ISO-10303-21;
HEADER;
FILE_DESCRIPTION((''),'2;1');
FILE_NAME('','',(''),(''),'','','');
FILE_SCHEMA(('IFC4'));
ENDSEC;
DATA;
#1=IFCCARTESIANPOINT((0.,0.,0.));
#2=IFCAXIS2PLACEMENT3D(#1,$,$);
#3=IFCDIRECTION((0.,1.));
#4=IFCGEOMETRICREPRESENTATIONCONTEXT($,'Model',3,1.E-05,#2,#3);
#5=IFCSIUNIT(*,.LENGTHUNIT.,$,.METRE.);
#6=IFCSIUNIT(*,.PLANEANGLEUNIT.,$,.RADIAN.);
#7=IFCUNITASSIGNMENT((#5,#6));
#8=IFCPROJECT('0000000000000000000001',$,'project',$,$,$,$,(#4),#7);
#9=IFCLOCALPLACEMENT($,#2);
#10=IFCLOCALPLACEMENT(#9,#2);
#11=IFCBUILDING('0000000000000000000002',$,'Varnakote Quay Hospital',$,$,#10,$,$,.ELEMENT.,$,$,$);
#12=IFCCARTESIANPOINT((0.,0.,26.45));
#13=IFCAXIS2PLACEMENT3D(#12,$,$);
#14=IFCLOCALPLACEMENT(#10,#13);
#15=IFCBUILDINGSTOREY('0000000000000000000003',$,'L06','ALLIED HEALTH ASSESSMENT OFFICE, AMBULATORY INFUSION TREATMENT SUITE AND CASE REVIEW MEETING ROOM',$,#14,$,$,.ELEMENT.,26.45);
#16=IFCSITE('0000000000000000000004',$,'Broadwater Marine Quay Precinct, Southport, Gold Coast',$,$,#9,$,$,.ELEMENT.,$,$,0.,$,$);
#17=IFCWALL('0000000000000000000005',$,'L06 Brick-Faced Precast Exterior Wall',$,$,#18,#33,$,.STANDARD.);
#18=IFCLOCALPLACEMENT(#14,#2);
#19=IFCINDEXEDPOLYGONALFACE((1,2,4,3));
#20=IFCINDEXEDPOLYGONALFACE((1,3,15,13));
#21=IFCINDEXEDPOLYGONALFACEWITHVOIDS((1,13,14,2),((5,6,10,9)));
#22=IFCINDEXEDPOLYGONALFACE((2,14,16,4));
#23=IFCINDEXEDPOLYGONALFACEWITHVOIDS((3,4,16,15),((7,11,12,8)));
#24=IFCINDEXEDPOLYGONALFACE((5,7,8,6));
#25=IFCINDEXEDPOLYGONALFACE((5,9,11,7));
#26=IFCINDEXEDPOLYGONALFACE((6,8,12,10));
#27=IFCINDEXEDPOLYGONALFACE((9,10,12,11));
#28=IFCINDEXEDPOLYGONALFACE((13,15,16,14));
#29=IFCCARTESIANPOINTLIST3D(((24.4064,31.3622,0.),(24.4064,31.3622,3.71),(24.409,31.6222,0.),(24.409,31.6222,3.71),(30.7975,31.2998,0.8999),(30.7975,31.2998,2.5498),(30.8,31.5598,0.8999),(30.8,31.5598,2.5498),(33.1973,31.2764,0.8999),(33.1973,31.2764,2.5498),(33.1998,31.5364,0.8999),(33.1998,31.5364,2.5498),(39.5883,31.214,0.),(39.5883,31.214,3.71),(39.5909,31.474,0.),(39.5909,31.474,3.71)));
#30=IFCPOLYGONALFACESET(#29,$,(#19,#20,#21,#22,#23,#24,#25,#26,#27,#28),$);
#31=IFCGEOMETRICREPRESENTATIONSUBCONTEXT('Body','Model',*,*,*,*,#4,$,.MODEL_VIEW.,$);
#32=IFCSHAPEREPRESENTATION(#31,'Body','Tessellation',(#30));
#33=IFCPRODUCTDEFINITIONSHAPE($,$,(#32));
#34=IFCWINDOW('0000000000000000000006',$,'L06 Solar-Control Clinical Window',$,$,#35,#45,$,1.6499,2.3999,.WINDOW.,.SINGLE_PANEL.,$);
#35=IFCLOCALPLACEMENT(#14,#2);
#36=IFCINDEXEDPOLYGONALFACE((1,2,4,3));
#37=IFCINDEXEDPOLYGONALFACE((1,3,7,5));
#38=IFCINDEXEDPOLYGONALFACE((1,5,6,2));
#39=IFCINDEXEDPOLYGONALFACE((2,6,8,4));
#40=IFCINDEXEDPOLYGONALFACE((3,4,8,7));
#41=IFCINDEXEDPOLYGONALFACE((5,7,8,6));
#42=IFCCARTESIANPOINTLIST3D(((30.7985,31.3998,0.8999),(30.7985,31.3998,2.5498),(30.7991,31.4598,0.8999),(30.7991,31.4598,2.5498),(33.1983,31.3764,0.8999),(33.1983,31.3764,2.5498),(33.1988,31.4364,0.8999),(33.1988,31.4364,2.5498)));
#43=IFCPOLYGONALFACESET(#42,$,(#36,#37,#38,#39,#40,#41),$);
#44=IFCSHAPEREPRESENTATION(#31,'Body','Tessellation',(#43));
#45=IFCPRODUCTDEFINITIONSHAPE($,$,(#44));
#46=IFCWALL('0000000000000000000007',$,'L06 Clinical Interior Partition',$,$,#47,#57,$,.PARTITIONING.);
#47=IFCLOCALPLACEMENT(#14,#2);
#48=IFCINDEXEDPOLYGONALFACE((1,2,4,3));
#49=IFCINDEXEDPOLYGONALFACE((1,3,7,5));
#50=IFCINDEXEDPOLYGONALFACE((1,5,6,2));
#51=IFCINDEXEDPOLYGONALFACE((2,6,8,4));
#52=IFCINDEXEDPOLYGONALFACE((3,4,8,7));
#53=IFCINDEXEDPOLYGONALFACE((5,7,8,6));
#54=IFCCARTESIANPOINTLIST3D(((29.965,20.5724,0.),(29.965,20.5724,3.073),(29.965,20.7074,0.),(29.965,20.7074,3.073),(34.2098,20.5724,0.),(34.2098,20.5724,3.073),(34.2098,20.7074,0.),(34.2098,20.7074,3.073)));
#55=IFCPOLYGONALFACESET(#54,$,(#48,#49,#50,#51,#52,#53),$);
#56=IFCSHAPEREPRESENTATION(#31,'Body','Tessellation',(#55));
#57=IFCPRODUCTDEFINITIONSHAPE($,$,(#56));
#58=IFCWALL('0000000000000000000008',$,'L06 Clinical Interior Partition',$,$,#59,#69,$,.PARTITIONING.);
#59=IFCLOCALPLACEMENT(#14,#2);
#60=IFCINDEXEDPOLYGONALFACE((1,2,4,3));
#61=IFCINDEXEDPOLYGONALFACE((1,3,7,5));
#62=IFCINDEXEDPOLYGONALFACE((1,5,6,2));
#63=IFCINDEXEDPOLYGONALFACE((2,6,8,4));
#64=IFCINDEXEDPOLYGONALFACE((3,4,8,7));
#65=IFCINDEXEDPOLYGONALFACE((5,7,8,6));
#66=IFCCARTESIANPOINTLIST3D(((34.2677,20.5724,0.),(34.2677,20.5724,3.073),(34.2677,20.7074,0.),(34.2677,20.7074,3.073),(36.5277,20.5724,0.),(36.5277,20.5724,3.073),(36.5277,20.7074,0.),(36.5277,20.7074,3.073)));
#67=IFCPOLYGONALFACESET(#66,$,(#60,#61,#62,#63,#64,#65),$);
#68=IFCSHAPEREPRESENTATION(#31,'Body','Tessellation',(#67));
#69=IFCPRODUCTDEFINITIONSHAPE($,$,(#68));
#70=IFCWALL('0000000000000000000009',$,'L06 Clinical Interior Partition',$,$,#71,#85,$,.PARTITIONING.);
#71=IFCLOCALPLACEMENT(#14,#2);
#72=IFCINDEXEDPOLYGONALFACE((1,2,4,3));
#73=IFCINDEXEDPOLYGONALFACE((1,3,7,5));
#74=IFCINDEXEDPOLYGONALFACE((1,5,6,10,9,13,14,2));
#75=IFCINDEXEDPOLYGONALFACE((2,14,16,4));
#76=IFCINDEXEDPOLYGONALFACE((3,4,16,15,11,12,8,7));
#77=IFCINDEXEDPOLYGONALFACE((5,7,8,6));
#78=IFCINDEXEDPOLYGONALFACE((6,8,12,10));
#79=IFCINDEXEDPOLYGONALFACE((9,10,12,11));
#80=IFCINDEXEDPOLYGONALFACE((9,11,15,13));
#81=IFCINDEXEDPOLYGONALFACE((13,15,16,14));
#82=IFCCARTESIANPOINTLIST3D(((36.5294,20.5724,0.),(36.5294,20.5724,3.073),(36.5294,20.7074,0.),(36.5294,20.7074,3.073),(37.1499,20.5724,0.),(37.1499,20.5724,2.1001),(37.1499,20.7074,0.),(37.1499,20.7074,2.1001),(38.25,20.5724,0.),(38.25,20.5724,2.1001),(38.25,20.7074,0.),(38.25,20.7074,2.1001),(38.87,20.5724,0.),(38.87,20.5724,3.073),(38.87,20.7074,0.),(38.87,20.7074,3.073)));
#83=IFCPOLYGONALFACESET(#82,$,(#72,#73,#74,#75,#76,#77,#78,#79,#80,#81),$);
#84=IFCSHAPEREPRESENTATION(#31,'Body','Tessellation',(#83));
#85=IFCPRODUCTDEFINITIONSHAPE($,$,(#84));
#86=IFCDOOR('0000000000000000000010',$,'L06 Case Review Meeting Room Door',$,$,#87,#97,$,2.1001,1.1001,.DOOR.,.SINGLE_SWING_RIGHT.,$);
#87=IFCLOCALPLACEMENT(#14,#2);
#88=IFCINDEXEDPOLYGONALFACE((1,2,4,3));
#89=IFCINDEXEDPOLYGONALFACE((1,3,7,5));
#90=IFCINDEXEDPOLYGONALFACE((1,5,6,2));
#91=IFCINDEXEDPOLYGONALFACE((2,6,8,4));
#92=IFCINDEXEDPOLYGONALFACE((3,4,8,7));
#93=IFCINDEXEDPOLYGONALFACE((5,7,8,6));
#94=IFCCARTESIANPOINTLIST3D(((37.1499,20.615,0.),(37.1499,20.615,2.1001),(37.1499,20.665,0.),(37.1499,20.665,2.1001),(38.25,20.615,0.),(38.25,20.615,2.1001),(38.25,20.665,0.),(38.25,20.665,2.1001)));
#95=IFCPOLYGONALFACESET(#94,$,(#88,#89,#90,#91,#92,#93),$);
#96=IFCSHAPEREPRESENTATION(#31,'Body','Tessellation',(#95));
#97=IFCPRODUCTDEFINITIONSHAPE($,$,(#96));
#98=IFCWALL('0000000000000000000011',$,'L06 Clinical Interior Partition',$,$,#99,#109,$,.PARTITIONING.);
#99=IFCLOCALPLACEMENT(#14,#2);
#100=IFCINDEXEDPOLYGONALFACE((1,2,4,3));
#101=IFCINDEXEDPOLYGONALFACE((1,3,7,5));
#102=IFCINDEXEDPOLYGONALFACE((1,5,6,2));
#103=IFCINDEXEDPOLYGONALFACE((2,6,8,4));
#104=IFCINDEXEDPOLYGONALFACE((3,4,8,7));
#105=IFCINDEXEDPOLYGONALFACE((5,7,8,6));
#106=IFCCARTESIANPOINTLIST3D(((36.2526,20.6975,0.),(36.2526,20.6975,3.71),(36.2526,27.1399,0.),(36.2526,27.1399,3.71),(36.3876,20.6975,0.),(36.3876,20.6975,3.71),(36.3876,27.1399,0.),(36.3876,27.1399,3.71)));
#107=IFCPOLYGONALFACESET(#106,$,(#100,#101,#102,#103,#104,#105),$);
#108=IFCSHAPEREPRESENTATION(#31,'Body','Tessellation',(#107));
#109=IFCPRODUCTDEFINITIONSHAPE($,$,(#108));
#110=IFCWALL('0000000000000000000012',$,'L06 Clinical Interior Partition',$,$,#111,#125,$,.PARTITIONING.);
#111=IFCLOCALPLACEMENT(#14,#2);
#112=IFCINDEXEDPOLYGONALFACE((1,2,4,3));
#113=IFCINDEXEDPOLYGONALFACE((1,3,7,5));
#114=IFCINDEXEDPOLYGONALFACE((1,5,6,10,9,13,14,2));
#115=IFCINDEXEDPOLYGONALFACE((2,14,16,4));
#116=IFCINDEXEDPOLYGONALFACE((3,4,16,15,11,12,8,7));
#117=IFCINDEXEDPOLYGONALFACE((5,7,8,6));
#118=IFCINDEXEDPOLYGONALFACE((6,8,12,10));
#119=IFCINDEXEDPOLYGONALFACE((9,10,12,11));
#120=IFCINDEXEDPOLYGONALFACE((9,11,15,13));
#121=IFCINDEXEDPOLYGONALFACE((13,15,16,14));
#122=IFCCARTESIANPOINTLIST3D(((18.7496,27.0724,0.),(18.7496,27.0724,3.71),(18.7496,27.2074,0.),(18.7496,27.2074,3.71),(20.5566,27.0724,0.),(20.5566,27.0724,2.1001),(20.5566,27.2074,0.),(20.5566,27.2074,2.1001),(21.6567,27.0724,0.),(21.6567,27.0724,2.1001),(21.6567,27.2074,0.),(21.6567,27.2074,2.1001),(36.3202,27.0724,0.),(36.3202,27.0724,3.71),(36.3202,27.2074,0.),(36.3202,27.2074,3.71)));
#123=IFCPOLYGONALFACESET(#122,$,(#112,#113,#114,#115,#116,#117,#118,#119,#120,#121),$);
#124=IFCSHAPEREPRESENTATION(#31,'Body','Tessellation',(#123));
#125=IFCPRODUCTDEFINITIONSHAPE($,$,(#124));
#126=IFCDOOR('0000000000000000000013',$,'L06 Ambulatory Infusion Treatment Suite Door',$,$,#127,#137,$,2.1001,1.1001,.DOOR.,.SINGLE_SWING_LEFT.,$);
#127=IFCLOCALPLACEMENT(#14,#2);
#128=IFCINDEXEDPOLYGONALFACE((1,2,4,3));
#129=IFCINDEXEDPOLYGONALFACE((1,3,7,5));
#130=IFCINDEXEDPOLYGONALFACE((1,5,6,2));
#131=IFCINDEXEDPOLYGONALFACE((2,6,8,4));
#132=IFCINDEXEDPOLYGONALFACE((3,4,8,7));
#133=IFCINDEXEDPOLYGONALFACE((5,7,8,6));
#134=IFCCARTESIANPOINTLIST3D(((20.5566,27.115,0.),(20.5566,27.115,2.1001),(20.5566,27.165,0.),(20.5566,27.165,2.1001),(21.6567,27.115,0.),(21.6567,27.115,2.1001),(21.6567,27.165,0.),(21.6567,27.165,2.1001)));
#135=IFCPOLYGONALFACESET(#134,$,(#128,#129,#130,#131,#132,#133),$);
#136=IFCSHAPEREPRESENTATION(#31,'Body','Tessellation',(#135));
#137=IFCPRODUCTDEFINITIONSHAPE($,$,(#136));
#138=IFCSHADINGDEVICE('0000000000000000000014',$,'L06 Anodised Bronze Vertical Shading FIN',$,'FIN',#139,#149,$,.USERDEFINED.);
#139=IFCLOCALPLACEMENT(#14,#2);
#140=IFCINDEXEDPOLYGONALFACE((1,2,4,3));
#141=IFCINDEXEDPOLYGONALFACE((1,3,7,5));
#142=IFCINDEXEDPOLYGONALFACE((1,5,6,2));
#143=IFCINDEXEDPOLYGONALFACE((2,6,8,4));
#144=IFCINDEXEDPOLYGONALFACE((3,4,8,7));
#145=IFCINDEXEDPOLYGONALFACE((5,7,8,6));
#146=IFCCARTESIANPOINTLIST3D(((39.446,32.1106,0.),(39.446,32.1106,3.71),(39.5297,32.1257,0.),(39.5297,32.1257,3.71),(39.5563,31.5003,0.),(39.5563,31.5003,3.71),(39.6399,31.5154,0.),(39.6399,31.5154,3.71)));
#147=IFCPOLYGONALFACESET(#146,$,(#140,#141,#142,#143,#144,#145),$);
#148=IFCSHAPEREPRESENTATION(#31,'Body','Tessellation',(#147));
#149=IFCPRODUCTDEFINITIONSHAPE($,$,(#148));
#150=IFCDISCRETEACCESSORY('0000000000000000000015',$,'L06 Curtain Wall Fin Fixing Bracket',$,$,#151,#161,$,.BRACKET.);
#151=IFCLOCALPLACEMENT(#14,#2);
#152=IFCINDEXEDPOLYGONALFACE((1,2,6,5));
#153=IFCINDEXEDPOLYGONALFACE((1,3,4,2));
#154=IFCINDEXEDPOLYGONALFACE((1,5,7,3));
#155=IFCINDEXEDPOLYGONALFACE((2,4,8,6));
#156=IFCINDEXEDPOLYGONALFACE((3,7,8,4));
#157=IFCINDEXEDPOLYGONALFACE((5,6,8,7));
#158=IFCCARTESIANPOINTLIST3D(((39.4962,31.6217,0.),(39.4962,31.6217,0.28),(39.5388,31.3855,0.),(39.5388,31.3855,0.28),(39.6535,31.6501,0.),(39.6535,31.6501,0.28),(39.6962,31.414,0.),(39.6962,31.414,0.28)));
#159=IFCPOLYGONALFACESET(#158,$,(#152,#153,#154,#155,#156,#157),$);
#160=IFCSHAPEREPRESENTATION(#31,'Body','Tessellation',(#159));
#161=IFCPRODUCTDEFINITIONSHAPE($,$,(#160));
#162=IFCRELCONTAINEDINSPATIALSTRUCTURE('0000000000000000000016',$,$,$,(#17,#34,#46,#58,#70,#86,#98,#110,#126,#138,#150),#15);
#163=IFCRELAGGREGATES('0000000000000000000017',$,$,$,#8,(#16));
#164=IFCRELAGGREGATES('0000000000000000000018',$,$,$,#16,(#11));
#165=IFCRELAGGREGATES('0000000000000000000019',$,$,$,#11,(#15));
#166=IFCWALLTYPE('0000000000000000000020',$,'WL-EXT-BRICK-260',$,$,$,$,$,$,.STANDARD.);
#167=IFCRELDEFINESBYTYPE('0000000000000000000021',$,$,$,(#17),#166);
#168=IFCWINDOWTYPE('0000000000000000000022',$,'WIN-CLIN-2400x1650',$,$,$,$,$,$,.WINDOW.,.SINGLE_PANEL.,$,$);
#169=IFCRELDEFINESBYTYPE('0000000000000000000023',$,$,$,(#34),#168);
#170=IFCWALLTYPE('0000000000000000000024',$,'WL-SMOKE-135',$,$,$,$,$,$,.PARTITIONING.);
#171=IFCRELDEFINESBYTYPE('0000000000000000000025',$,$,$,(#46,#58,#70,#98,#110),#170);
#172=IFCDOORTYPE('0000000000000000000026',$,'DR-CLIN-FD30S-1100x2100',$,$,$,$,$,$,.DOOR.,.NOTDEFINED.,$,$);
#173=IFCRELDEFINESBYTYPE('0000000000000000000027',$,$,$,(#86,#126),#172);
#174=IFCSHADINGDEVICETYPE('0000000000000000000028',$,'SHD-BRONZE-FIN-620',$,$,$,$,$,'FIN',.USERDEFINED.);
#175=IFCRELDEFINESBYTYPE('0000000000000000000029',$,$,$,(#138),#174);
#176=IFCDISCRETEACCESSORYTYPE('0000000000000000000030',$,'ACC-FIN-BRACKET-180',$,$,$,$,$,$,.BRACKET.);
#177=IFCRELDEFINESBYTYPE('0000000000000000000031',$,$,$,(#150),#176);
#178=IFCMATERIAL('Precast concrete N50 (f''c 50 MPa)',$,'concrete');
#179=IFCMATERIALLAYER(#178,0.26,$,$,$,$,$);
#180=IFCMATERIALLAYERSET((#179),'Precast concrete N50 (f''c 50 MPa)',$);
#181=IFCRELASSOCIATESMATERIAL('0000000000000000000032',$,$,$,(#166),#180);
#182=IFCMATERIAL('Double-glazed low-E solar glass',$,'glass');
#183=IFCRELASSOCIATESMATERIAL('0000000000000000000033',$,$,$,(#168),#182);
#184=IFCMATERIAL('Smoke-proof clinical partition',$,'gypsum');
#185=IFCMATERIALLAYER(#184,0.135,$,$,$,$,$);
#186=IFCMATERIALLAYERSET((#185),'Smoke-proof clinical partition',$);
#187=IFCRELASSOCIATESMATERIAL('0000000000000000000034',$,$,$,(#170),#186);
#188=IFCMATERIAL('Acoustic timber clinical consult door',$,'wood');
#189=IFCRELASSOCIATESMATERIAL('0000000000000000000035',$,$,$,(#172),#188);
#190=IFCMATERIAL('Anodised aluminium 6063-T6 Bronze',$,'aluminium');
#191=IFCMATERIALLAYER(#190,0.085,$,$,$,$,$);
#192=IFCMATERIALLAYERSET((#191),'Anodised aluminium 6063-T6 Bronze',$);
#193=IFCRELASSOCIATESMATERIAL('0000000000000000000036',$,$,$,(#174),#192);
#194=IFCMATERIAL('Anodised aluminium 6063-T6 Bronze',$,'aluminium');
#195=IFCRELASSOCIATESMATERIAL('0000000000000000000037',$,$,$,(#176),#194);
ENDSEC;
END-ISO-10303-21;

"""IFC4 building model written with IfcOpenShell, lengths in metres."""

from ifc_helpers import new_model, si_unit, direction, frame, frame_2d, origin, origin_2d, place, context, subcontext, project, spatial, rectangle, extrude, material, layer, layer_set, type_object, element, fill, save


model = new_model("IFC4")

# Units and contexts
model_context = context("Model", 3, precision=1e-05, world=origin(), true_north=direction((0.0, 1.0)))
body_context = subcontext(model_context, "Body", "Model", "MODEL_VIEW")
ifc_project = project(units=[si_unit("LENGTHUNIT", "METRE"), si_unit("PLANEANGLEUNIT", "RADIAN")], contexts=[model_context])

# Site, building, storey
site_placement = place(None, origin())
site = spatial("IfcSite", under=ifc_project, at=site_placement, Name="Broadwater Marine Quay Precinct, Southport, Gold Coast", CompositionType="ELEMENT", RefElevation=0.0)
building_placement = place(site_placement, origin())
building = spatial("IfcBuilding", under=site, at=building_placement, Name="Varnakote Quay Hospital", CompositionType="ELEMENT")
storey_placement = place(building_placement, frame((0.0, 0.0, 26.45)))
storey = spatial("IfcBuildingStorey", under=building, at=storey_placement, Name="L06", Description="ALLIED HEALTH ASSESSMENT OFFICE, AMBULATORY INFUSION TREATMENT SUITE AND CASE REVIEW MEETING ROOM", CompositionType="ELEMENT", Elevation=26.45)

# Wall, opening, window
ifc_material_1 = material(Name="Precast concrete N50 (f'c 50 MPa)", Category="concrete")
ifc_layer_1 = layer(ifc_material_1, 0.26)
ifc_layer_set_1 = layer_set([ifc_layer_1], Name="Precast concrete N50 (f'c 50 MPa)")
wall_type_1 = type_object("IfcWallType", Name="WL-EXT-BRICK-260", PredefinedType="STANDARD", material=ifc_layer_set_1)
wall_1_placement = place(storey_placement, frame((39.5896, 31.344, 0.0), z_axis=(0.0, 0.0, 1.0), x_axis=(-0.999952, 0.009761, 0.0)))
wall_1 = element("IfcWall", 1, at=wall_1_placement, inside=storey, type_object=wall_type_1, Name="L06 Brick-Faced Precast Exterior Wall", PredefinedType="STANDARD", context=body_context, shape_type="SweptSolid", body=[
    extrude(rectangle(XDim=15.1826, YDim=0.26, at=frame_2d((7.5913, 0.0))), origin(), (0.0, 0.0, 1.0), 3.71),
])
opening_1_placement = place(wall_1_placement, frame((6.3914, 0.0, 0.8999)))
opening_1 = element("IfcOpeningElement", 2, at=opening_1_placement, cuts=wall_1, PredefinedType="OPENING", context=body_context, shape_type="SweptSolid", body=[
    extrude(rectangle(XDim=2.3999, YDim=1.6499, at=frame_2d((1.2, 0.825))), frame((0.0, 0.1399, 0.0), z_axis=(0.0, -1.0, 0.0), x_axis=(1.0, 0.0, 0.0)), (0.0, 0.0, 1.0), 0.28),
])
ifc_material_2 = material(Name="Double-glazed low-E solar glass", Category="glass")
window_type = type_object("IfcWindowType", Name="WIN-CLIN-2400x1650", PartitioningType="SINGLE_PANEL", PredefinedType="WINDOW", material=ifc_material_2)
window_placement = place(opening_1_placement, origin())
window = element("IfcWindow", 3, at=window_placement, inside=storey, type_object=window_type, Name="L06 Solar-Control Clinical Window", OverallHeight=1.6499, OverallWidth=2.3999, PartitioningType="SINGLE_PANEL", PredefinedType="WINDOW", context=body_context, shape_type="SweptSolid", body=[
    extrude(rectangle(XDim=2.3999, YDim=1.6499, at=frame_2d((1.2, 0.825))), frame((0.0, 0.03, 0.0), z_axis=(0.0, -1.0, 0.0), x_axis=(1.0, 0.0, 0.0)), (0.0, 0.0, 1.0), 0.0601),
])
fill(opening_1, window)

# Walls
ifc_material_3 = material(Name="Smoke-proof clinical partition", Category="gypsum")
ifc_layer_2 = layer(ifc_material_3, 0.135)
ifc_layer_set_2 = layer_set([ifc_layer_2], Name="Smoke-proof clinical partition")
wall_type_2 = type_object("IfcWallType", Name="WL-SMOKE-135", PredefinedType="PARTITIONING", material=ifc_layer_set_2)
wall_2_placement = place(storey_placement, frame((34.21, 20.6399, 0.0), z_axis=(0.0, 0.0, 1.0), x_axis=(-1.0, 0.0, 0.0)))
element("IfcWall", 4, at=wall_2_placement, inside=storey, type_object=wall_type_2, Name="L06 Clinical Interior Partition", PredefinedType="PARTITIONING", context=body_context, shape_type="SweptSolid", body=[
    extrude(rectangle(XDim=4.2449, YDim=0.135, at=frame_2d((2.1226, 0.0))), origin(), (0.0, 0.0, 1.0), 3.073),
])
wall_3_placement = place(storey_placement, frame((36.5276, 20.6399, 0.0), z_axis=(0.0, 0.0, 1.0), x_axis=(-1.0, 0.0, 0.0)))
element("IfcWall", 5, at=wall_3_placement, inside=storey, type_object=wall_type_2, Name="L06 Clinical Interior Partition", PredefinedType="PARTITIONING", context=body_context, shape_type="SweptSolid", body=[
    extrude(rectangle(XDim=2.26, YDim=0.135, at=frame_2d((1.1299, 0.0))), origin(), (0.0, 0.0, 1.0), 3.073),
])

# Wall, opening, door
wall_4_placement = place(storey_placement, frame((38.8701, 20.6399, 0.0), z_axis=(0.0, 0.0, 1.0), x_axis=(-1.0, 0.0, 0.0)))
wall_4 = element("IfcWall", 6, at=wall_4_placement, inside=storey, type_object=wall_type_2, Name="L06 Clinical Interior Partition", PredefinedType="PARTITIONING", context=body_context, shape_type="SweptSolid", body=[
    extrude(rectangle(XDim=2.3406, YDim=0.135, at=frame_2d((1.1704, 0.0))), origin(), (0.0, 0.0, 1.0), 3.073),
])
opening_2_placement = place(wall_4_placement, frame((0.6201, 0.0, 0.0)))
opening_2 = element("IfcOpeningElement", 7, at=opening_2_placement, cuts=wall_4, PredefinedType="OPENING", context=body_context, shape_type="SweptSolid", body=[
    extrude(rectangle(XDim=1.1001, YDim=2.1001, at=frame_2d((0.55, 1.05))), frame((0.0, 0.0774, 0.0), z_axis=(0.0, -1.0, 0.0), x_axis=(1.0, 0.0, 0.0)), (0.0, 0.0, 1.0), 0.155),
])
ifc_material_4 = material(Name="Acoustic timber clinical consult door", Category="wood")
door_type = type_object("IfcDoorType", Name="DR-CLIN-FD30S-1100x2100", OperationType="NOTDEFINED", PredefinedType="DOOR", material=ifc_material_4)
door_1_placement = place(opening_2_placement, origin())
door_1 = element("IfcDoor", 8, at=door_1_placement, inside=storey, type_object=door_type, Name="L06 Case Review Meeting Room Door", OperationType="SINGLE_SWING_RIGHT", OverallHeight=2.1001, OverallWidth=1.1001, PredefinedType="DOOR", context=body_context, shape_type="SweptSolid", body=[
    extrude(rectangle(XDim=1.1001, YDim=2.1001, at=frame_2d((0.55, 1.05))), frame((0.0, 0.0249, 0.0), z_axis=(0.0, -1.0, 0.0), x_axis=(1.0, 0.0, 0.0)), (0.0, 0.0, 1.0), 0.05),
])
fill(opening_2, door_1)

# Wall
wall_5_placement = place(storey_placement, frame((36.3201, 20.6975, 0.0), z_axis=(0.0, 0.0, 1.0), x_axis=(0.0, 1.0, 0.0)))
element("IfcWall", 9, at=wall_5_placement, inside=storey, type_object=wall_type_2, Name="L06 Clinical Interior Partition", PredefinedType="PARTITIONING", context=body_context, shape_type="SweptSolid", body=[
    extrude(rectangle(XDim=6.4424, YDim=0.135, at=frame_2d((3.2212, 0.0))), origin(), (0.0, 0.0, 1.0), 3.71),
])

# Wall, opening, door
wall_6_placement = place(storey_placement, frame((36.3201, 27.1399, 0.0), z_axis=(0.0, 0.0, 1.0), x_axis=(-1.0, 0.0, 0.0)))
wall_6 = element("IfcWall", 10, at=wall_6_placement, inside=storey, type_object=wall_type_2, Name="L06 Clinical Interior Partition", PredefinedType="PARTITIONING", context=body_context, shape_type="SweptSolid", body=[
    extrude(rectangle(XDim=17.5706, YDim=0.135, at=frame_2d((8.7852, 0.0))), origin(), (0.0, 0.0, 1.0), 3.71),
])
opening_3_placement = place(wall_6_placement, frame((14.6633, 0.0, 0.0)))
opening_3 = element("IfcOpeningElement", 11, at=opening_3_placement, cuts=wall_6, PredefinedType="OPENING", context=body_context, shape_type="SweptSolid", body=[
    extrude(rectangle(XDim=1.1001, YDim=2.1001, at=frame_2d((0.55, 1.05))), frame((0.0, 0.0774, 0.0), z_axis=(0.0, -1.0, 0.0), x_axis=(1.0, 0.0, 0.0)), (0.0, 0.0, 1.0), 0.155),
])
door_2_placement = place(opening_3_placement, origin())
door_2 = element("IfcDoor", 12, at=door_2_placement, inside=storey, type_object=door_type, Name="L06 Ambulatory Infusion Treatment Suite Door", OperationType="SINGLE_SWING_LEFT", OverallHeight=2.1001, OverallWidth=1.1001, PredefinedType="DOOR", context=body_context, shape_type="SweptSolid", body=[
    extrude(rectangle(XDim=1.1001, YDim=2.1001, at=frame_2d((0.55, 1.05))), frame((0.0, 0.0249, 0.0), z_axis=(0.0, -1.0, 0.0), x_axis=(1.0, 0.0, 0.0)), (0.0, 0.0, 1.0), 0.05),
])
fill(opening_3, door_2)

# Shading device
ifc_material_5 = material(Name="Anodised aluminium 6063-T6 Bronze", Category="aluminium")
ifc_layer_3 = layer(ifc_material_5, 0.085)
ifc_layer_set_3 = layer_set([ifc_layer_3], Name="Anodised aluminium 6063-T6 Bronze")
shading_device_type = type_object("IfcShadingDeviceType", Name="SHD-BRONZE-FIN-620", ElementType="FIN", PredefinedType="USERDEFINED", material=ifc_layer_set_3)
shading_device_placement = place(storey_placement, frame((39.543, 31.813, 0.0), z_axis=(0.0, 0.0, 1.0), x_axis=(0.177772, -0.984072, 0.0)))
element("IfcShadingDevice", 13, at=shading_device_placement, inside=storey, type_object=shading_device_type, Name="L06 Anodised Bronze Vertical Shading FIN", ObjectType="FIN", PredefinedType="USERDEFINED", context=body_context, shape_type="SweptSolid", body=[
    extrude(rectangle(XDim=0.6201, YDim=0.085, at=origin_2d()), origin(), (0.0, 0.0, 1.0), 3.71),
])

# Discrete accessory
ifc_material_6 = material(Name="Anodised aluminium 6063-T6 Bronze", Category="aluminium")
discrete_accessory_type = type_object("IfcDiscreteAccessoryType", Name="ACC-FIN-BRACKET-180", PredefinedType="BRACKET", material=ifc_material_6)
discrete_accessory_placement = place(storey_placement, frame((39.5962, 31.5178, 0.0), z_axis=(0.0, 0.0, 1.0), x_axis=(-0.984072, -0.177772, 0.0)))
element("IfcDiscreteAccessory", 14, at=discrete_accessory_placement, inside=storey, type_object=discrete_accessory_type, Name="L06 Curtain Wall Fin Fixing Bracket", PredefinedType="BRACKET", context=body_context, shape_type="SweptSolid", body=[
    extrude(rectangle(XDim=0.1599, YDim=0.24, at=origin_2d()), origin(), (0.0, 0.0, 1.0), 0.28),
])

save(model, "model.ifc")
